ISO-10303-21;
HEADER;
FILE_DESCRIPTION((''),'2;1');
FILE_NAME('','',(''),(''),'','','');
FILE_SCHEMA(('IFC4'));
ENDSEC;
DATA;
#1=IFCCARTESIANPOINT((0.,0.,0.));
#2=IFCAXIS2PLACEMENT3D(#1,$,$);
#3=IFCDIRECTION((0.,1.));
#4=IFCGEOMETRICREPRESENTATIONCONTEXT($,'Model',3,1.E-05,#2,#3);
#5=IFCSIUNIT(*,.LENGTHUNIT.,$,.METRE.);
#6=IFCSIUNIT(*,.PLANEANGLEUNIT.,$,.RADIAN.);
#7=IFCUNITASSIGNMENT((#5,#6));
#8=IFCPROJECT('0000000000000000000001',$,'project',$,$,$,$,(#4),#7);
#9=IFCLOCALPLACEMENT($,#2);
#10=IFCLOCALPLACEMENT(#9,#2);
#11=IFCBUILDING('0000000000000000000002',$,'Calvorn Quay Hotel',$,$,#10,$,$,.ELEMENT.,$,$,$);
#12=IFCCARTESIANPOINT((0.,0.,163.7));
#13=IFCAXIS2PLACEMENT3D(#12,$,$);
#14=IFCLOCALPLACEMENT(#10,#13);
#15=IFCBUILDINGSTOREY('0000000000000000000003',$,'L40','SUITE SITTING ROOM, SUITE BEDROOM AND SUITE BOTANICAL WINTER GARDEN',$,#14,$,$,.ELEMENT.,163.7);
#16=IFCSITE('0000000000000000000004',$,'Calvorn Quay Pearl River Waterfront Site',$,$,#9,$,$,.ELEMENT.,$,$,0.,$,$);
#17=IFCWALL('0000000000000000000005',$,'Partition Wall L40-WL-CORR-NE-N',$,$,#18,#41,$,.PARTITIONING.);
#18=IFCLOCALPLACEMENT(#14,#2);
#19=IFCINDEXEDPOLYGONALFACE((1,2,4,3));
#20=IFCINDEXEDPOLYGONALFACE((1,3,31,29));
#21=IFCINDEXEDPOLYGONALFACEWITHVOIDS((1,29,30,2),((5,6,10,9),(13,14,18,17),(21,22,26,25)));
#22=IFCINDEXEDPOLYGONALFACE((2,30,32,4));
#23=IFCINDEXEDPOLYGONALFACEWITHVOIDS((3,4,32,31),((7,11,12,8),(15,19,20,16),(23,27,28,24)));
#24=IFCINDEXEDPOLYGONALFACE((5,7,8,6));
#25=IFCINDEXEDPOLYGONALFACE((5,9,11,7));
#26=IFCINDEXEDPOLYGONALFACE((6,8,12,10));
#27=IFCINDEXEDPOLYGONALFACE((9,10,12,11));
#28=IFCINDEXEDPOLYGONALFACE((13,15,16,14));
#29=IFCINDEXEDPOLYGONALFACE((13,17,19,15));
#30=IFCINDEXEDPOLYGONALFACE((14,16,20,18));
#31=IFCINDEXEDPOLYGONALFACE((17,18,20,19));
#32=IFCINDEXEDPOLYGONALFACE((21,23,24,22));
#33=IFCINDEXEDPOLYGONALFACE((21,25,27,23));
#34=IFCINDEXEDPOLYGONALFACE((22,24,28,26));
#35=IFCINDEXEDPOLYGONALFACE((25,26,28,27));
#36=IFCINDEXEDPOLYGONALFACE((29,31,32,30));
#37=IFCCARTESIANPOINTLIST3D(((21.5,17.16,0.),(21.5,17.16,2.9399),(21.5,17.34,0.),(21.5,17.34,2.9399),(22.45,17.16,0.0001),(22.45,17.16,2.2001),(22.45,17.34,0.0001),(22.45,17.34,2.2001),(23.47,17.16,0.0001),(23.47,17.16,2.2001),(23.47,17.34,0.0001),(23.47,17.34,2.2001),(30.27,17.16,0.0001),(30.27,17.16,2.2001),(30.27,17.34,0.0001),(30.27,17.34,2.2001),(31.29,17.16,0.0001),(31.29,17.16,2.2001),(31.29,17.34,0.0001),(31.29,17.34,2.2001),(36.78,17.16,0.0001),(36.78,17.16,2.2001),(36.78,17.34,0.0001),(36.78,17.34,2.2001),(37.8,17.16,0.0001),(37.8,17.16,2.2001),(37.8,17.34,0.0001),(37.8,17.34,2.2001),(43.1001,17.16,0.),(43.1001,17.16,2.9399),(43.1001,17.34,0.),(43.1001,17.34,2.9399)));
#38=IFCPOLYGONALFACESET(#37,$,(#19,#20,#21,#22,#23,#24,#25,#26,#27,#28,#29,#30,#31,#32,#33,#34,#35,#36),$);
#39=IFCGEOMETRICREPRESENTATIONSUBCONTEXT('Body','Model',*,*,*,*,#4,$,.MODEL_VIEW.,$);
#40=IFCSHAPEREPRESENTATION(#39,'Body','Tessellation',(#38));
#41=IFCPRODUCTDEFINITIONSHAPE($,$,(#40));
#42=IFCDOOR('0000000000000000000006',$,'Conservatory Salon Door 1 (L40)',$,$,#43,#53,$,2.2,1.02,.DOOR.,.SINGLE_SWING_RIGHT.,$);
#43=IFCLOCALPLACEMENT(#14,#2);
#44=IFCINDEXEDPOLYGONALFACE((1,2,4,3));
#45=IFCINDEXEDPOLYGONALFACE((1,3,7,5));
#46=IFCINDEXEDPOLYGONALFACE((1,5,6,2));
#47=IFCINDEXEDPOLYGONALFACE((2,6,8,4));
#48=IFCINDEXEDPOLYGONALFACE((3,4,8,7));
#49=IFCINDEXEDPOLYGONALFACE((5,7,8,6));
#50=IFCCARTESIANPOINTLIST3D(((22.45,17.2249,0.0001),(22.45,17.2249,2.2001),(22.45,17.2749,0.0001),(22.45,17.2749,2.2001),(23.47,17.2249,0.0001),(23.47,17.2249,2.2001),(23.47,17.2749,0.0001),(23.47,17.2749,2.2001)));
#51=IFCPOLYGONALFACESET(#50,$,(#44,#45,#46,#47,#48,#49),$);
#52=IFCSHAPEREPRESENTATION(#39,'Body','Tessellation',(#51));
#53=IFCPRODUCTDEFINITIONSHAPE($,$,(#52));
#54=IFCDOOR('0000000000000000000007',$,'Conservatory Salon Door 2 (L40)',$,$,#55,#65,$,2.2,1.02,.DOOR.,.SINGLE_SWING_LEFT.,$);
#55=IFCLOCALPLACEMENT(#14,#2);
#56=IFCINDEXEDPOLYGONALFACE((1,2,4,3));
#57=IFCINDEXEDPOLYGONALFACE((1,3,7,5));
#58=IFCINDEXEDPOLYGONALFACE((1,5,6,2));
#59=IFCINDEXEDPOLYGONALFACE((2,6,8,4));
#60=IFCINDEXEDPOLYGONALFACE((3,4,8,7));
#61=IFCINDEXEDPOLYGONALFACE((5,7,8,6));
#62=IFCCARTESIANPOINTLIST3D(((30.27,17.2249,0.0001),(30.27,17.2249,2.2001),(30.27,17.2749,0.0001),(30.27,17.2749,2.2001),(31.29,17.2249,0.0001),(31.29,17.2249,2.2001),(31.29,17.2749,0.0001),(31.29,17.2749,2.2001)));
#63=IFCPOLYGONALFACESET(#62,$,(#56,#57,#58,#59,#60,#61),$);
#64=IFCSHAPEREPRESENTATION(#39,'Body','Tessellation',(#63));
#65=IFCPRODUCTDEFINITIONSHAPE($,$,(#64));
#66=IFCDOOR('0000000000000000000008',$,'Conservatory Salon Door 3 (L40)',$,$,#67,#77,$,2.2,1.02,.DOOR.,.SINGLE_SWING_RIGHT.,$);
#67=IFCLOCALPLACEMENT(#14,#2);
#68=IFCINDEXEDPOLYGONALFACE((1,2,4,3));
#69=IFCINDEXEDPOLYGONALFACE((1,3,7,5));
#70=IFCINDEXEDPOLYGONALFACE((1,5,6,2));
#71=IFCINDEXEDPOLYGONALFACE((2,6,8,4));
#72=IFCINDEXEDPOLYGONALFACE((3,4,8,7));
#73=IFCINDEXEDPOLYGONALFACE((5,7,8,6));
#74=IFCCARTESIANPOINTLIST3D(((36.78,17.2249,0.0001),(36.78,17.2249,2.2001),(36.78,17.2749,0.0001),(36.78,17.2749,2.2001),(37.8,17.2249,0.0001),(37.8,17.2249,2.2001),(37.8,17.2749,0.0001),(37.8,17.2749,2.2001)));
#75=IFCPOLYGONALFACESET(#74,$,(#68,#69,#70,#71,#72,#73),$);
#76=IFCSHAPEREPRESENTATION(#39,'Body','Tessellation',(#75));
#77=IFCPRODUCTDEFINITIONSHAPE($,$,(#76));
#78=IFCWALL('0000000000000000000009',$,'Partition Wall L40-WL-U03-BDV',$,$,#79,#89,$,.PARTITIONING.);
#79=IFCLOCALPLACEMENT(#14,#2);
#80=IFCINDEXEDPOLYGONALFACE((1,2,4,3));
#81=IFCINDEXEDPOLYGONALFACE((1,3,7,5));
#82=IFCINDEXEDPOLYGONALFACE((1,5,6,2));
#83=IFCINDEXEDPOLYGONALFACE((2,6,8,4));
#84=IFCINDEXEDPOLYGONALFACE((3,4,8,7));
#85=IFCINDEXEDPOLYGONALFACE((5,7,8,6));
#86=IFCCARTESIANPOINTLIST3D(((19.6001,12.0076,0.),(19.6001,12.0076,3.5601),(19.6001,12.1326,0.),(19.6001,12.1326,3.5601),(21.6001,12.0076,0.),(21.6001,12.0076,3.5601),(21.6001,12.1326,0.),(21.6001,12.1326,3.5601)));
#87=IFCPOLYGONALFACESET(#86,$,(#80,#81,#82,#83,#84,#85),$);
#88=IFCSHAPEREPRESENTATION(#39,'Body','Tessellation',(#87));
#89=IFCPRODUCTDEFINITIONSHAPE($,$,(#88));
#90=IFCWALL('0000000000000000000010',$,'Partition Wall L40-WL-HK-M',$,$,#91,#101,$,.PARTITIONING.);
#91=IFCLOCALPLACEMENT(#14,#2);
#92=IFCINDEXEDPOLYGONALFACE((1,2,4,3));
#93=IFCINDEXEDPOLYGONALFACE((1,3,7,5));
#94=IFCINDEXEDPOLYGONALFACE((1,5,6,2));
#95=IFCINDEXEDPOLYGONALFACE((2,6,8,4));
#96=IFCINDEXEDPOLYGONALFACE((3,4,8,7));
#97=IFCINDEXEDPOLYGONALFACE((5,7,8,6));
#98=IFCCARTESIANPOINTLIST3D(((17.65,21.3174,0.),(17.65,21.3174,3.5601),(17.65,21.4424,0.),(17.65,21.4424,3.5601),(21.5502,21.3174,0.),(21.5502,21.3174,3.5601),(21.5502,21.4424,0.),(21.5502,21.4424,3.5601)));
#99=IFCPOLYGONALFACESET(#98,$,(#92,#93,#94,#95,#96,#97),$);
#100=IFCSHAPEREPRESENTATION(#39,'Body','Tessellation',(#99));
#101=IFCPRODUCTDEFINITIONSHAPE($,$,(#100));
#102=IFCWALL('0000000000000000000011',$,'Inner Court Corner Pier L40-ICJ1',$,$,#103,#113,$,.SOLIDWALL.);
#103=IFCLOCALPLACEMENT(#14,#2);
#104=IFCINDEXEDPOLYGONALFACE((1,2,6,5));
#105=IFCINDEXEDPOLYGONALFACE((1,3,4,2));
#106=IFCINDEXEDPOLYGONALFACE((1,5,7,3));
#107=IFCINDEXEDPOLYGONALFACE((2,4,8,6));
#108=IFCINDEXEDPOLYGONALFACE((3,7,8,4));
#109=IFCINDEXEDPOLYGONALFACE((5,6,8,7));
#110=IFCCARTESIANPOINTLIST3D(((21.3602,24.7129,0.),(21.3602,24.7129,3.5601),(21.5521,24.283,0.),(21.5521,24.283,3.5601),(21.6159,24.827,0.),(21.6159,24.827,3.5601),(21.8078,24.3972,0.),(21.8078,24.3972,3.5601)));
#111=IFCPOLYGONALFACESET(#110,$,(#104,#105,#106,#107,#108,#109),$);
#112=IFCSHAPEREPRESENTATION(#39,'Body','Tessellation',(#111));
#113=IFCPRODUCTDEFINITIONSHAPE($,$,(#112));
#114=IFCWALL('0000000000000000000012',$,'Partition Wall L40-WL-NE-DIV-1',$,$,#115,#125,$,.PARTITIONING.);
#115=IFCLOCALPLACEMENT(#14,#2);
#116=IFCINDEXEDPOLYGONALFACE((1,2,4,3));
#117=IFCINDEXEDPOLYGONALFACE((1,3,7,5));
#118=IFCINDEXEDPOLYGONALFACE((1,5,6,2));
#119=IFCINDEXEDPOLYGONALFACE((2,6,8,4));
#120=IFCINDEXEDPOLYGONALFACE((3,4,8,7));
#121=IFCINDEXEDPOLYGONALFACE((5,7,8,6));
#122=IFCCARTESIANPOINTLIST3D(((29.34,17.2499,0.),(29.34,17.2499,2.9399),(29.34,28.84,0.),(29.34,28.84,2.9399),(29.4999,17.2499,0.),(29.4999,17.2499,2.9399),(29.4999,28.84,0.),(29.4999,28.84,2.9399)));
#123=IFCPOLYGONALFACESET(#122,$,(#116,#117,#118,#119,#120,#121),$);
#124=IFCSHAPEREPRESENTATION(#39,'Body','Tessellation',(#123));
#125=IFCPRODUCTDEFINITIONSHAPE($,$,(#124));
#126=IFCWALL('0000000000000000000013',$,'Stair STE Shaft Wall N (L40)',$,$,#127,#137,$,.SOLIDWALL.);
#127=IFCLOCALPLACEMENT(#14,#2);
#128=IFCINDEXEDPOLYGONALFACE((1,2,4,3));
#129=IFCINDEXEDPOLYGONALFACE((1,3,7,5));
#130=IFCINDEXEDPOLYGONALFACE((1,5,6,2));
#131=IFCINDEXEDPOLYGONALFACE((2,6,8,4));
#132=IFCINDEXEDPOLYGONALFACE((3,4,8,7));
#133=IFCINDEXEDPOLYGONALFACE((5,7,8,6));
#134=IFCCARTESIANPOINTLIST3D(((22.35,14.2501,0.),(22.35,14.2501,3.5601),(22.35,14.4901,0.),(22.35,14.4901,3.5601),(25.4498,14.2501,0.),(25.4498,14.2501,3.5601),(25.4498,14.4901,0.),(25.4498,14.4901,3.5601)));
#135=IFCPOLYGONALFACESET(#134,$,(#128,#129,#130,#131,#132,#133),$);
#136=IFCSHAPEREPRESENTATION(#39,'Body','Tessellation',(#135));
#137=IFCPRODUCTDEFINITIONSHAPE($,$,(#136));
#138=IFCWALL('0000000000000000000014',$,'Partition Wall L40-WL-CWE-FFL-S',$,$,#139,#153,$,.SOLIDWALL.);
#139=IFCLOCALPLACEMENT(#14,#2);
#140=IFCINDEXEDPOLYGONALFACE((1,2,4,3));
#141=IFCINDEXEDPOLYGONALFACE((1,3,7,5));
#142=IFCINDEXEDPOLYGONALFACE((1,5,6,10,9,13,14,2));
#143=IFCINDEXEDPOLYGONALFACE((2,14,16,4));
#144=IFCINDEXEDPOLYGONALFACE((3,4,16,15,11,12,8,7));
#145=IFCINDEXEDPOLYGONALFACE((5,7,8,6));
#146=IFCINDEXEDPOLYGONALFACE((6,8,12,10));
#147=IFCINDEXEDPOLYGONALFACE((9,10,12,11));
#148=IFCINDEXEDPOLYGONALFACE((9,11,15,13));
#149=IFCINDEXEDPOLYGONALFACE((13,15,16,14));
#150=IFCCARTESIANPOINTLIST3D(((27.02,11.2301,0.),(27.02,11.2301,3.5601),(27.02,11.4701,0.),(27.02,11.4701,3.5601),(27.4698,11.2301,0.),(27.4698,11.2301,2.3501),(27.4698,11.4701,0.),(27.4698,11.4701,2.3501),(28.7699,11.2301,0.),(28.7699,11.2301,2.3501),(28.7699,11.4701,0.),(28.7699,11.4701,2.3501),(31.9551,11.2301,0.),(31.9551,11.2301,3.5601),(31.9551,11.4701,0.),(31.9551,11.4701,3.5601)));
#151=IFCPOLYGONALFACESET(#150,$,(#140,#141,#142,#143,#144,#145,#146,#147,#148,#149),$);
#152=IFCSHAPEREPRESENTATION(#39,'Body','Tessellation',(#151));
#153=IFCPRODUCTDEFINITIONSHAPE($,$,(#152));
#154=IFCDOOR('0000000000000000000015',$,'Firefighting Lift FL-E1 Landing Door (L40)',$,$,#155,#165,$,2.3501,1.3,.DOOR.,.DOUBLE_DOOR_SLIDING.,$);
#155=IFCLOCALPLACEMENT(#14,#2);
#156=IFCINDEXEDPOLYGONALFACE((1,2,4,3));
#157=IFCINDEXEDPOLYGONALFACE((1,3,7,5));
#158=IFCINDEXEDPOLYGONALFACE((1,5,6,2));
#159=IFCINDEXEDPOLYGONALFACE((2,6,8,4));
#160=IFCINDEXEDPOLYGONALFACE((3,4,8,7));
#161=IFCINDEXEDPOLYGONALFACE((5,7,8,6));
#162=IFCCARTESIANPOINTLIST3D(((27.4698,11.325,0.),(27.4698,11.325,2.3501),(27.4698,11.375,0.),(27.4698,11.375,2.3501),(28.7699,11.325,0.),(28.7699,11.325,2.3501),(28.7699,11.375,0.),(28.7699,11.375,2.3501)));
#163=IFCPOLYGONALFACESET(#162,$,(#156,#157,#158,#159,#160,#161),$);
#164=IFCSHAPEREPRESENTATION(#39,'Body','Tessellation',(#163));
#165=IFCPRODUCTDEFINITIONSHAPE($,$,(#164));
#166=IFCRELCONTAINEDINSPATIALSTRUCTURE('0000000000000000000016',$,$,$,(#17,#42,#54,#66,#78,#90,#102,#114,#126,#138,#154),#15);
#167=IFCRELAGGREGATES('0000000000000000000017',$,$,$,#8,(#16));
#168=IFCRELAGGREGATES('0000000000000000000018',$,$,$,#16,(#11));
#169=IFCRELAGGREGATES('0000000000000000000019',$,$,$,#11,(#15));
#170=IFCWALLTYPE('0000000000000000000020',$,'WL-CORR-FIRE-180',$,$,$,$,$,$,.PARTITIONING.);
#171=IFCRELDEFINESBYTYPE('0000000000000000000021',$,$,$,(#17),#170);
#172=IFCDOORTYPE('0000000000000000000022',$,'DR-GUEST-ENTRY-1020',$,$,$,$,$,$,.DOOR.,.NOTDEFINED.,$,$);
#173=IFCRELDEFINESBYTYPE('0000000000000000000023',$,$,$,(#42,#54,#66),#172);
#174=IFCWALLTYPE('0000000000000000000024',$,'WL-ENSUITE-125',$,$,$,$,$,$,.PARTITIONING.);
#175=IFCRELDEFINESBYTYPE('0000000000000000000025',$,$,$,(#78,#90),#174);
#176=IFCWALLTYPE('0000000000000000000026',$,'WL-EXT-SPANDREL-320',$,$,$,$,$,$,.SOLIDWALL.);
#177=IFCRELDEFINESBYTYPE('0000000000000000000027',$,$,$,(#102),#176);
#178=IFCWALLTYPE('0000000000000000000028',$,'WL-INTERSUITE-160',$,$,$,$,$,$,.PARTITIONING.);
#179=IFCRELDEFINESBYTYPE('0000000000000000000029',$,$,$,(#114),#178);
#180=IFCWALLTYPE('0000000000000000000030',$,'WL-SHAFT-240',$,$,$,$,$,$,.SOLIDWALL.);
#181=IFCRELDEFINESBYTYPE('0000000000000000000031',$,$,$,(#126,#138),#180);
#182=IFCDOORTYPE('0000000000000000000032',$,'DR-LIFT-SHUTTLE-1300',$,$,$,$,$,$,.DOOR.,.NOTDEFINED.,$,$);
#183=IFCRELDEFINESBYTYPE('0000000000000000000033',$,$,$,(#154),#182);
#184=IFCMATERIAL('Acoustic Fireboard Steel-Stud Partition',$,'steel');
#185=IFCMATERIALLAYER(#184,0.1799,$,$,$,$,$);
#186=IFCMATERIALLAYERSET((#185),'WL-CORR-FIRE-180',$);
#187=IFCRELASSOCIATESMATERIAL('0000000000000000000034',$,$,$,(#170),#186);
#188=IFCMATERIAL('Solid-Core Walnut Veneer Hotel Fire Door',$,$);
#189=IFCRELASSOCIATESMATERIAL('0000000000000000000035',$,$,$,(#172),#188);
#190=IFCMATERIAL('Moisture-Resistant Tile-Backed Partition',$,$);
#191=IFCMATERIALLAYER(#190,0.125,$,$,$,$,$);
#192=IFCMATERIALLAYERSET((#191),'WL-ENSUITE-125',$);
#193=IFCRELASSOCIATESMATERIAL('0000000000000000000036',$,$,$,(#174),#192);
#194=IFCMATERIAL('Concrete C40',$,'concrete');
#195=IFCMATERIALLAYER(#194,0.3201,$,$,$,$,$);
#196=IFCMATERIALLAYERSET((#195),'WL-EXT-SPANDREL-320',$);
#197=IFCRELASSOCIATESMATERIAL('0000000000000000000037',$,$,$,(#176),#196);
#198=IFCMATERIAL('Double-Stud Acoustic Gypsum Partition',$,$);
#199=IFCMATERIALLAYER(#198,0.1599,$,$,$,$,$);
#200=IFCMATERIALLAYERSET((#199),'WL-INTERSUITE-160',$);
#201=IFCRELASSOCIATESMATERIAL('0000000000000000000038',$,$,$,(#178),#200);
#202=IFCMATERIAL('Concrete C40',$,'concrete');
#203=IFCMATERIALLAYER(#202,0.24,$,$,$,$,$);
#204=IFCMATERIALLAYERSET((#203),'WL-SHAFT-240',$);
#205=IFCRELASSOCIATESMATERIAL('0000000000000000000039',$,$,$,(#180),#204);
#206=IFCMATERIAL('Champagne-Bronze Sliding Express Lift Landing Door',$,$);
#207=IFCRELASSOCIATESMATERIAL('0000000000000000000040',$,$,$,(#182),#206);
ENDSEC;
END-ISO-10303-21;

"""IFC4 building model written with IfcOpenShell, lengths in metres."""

from ifc_helpers import new_model, si_unit, direction, frame, frame_2d, origin, place, context, subcontext, project, spatial, rectangle, extrude, material, layer, layer_set, type_object, element, fill, save


model = new_model("IFC4")

# Units and contexts
model_context = context("Model", 3, precision=1e-05, world=origin(), true_north=direction((0.0, 1.0)))
body_context = subcontext(model_context, "Body", "Model", "MODEL_VIEW")
ifc_project = project(units=[si_unit("LENGTHUNIT", "METRE"), si_unit("PLANEANGLEUNIT", "RADIAN")], contexts=[model_context])

# Site, building, storey
site_placement = place(None, origin())
site = spatial("IfcSite", under=ifc_project, at=site_placement, Name="Calvorn Quay Pearl River Waterfront Site", CompositionType="ELEMENT", RefElevation=0.0)
building_placement = place(site_placement, origin())
building = spatial("IfcBuilding", under=site, at=building_placement, Name="Calvorn Quay Hotel", CompositionType="ELEMENT")
storey_placement = place(building_placement, frame((0.0, 0.0, 163.7)))
storey = spatial("IfcBuildingStorey", under=building, at=storey_placement, Name="L40", Description="SUITE SITTING ROOM, SUITE BEDROOM AND SUITE BOTANICAL WINTER GARDEN", CompositionType="ELEMENT", Elevation=163.7)

# Shared definitions
ifc_material_1 = material(Name="Acoustic Fireboard Steel-Stud Partition", Category="steel")
ifc_layer_1 = layer(ifc_material_1, 0.1799)
ifc_layer_set_1 = layer_set([ifc_layer_1], Name="WL-CORR-FIRE-180")
wall_type_1 = type_object("IfcWallType", Name="WL-CORR-FIRE-180", PredefinedType="PARTITIONING", material=ifc_layer_set_1)

# Wall, openings, doors
wall_1_placement = place(storey_placement, frame((21.5, 17.25, 0.0), z_axis=(0.0, 0.0, 1.0), x_axis=(1.0, 0.0, 0.0)))
wall_1 = element("IfcWall", 1, at=wall_1_placement, inside=storey, type_object=wall_type_1, Name="Partition Wall L40-WL-CORR-NE-N", PredefinedType="PARTITIONING", context=body_context, shape_type="SweptSolid", body=[
    extrude(rectangle(XDim=21.6001, YDim=0.1799, at=frame_2d((10.8, 0.0))), origin(), (0.0, 0.0, 1.0), 2.9399),
])
opening_1_placement = place(wall_1_placement, frame((0.95, 0.0, 0.0)))
opening_1 = element("IfcOpeningElement", 2, at=opening_1_placement, cuts=wall_1, PredefinedType="OPENING", context=body_context, shape_type="SweptSolid", body=[
    extrude(rectangle(XDim=1.02, YDim=2.2, at=frame_2d((0.51, 1.1001))), frame((0.0, 0.0999, 0.0), z_axis=(0.0, -1.0, 0.0), x_axis=(1.0, 0.0, 0.0)), (0.0, 0.0, 1.0), 0.2),
])
opening_2_placement = place(wall_1_placement, frame((8.77, 0.0, 0.0)))
opening_2 = element("IfcOpeningElement", 3, at=opening_2_placement, cuts=wall_1, PredefinedType="OPENING", context=body_context, shape_type="SweptSolid", body=[
    extrude(rectangle(XDim=1.02, YDim=2.2, at=frame_2d((0.51, 1.1001))), frame((0.0, 0.0999, 0.0), z_axis=(0.0, -1.0, 0.0), x_axis=(1.0, 0.0, 0.0)), (0.0, 0.0, 1.0), 0.2),
])
opening_3_placement = place(wall_1_placement, frame((15.28, 0.0, 0.0)))
opening_3 = element("IfcOpeningElement", 4, at=opening_3_placement, cuts=wall_1, PredefinedType="OPENING", context=body_context, shape_type="SweptSolid", body=[
    extrude(rectangle(XDim=1.02, YDim=2.2, at=frame_2d((0.51, 1.1001))), frame((0.0, 0.0999, 0.0), z_axis=(0.0, -1.0, 0.0), x_axis=(1.0, 0.0, 0.0)), (0.0, 0.0, 1.0), 0.2),
])
ifc_material_2 = material(Name="Solid-Core Walnut Veneer Hotel Fire Door")
door_type_1 = type_object("IfcDoorType", Name="DR-GUEST-ENTRY-1020", OperationType="NOTDEFINED", PredefinedType="DOOR", material=ifc_material_2)
door_1_placement = place(opening_1_placement, origin())
door_1 = element("IfcDoor", 5, at=door_1_placement, inside=storey, type_object=door_type_1, Name="Conservatory Salon Door 1 (L40)", OperationType="SINGLE_SWING_RIGHT", OverallHeight=2.2, OverallWidth=1.02, PredefinedType="DOOR", context=body_context, shape_type="SweptSolid", body=[
    extrude(rectangle(XDim=1.02, YDim=2.2, at=frame_2d((0.51, 1.1001))), frame((0.0, 0.0249, 0.0), z_axis=(0.0, -1.0, 0.0), x_axis=(1.0, 0.0, 0.0)), (0.0, 0.0, 1.0), 0.05),
])
fill(opening_1, door_1)
door_2_placement = place(opening_2_placement, origin())
door_2 = element("IfcDoor", 6, at=door_2_placement, inside=storey, type_object=door_type_1, Name="Conservatory Salon Door 2 (L40)", OperationType="SINGLE_SWING_LEFT", OverallHeight=2.2, OverallWidth=1.02, PredefinedType="DOOR", context=body_context, shape_type="SweptSolid", body=[
    extrude(rectangle(XDim=1.02, YDim=2.2, at=frame_2d((0.51, 1.1001))), frame((0.0, 0.0249, 0.0), z_axis=(0.0, -1.0, 0.0), x_axis=(1.0, 0.0, 0.0)), (0.0, 0.0, 1.0), 0.05),
])
fill(opening_2, door_2)
door_3_placement = place(opening_3_placement, origin())
door_3 = element("IfcDoor", 7, at=door_3_placement, inside=storey, type_object=door_type_1, Name="Conservatory Salon Door 3 (L40)", OperationType="SINGLE_SWING_RIGHT", OverallHeight=2.2, OverallWidth=1.02, PredefinedType="DOOR", context=body_context, shape_type="SweptSolid", body=[
    extrude(rectangle(XDim=1.02, YDim=2.2, at=frame_2d((0.51, 1.1001))), frame((0.0, 0.0249, 0.0), z_axis=(0.0, -1.0, 0.0), x_axis=(1.0, 0.0, 0.0)), (0.0, 0.0, 1.0), 0.05),
])
fill(opening_3, door_3)

# Walls
ifc_material_3 = material(Name="Moisture-Resistant Tile-Backed Partition")
ifc_layer_2 = layer(ifc_material_3, 0.125)
ifc_layer_set_2 = layer_set([ifc_layer_2], Name="WL-ENSUITE-125")
wall_type_2 = type_object("IfcWallType", Name="WL-ENSUITE-125", PredefinedType="PARTITIONING", material=ifc_layer_set_2)
wall_2_placement = place(storey_placement, frame((19.6001, 12.0701, 0.0), z_axis=(0.0, 0.0, 1.0), x_axis=(1.0, 0.0, 0.0)))
element("IfcWall", 8, at=wall_2_placement, inside=storey, type_object=wall_type_2, Name="Partition Wall L40-WL-U03-BDV", PredefinedType="PARTITIONING", context=body_context, shape_type="SweptSolid", body=[
    extrude(rectangle(XDim=2.0, YDim=0.125, at=frame_2d((1.0, 0.0))), origin(), (0.0, 0.0, 1.0), 3.5601),
])
wall_3_placement = place(storey_placement, frame((17.6499, 21.3799, 0.0), z_axis=(0.0, 0.0, 1.0), x_axis=(1.0, 0.0, 0.0)))
element("IfcWall", 9, at=wall_3_placement, inside=storey, type_object=wall_type_2, Name="Partition Wall L40-WL-HK-M", PredefinedType="PARTITIONING", context=body_context, shape_type="SweptSolid", body=[
    extrude(rectangle(XDim=3.9001, YDim=0.125, at=frame_2d((1.9502, 0.0))), origin(), (0.0, 0.0, 1.0), 3.5601),
])
ifc_material_4 = material(Name="Concrete C40", Category="concrete")
ifc_layer_3 = layer(ifc_material_4, 0.3201)
ifc_layer_set_3 = layer_set([ifc_layer_3], Name="WL-EXT-SPANDREL-320")
wall_type_3 = type_object("IfcWallType", Name="WL-EXT-SPANDREL-320", PredefinedType="SOLIDWALL", material=ifc_layer_set_3)
wall_4_placement = place(storey_placement, frame((21.6799, 24.3401, 0.0), z_axis=(0.0, 0.0, 1.0), x_axis=(-0.407581, 0.913169, 0.0)))
element("IfcWall", 10, at=wall_4_placement, inside=storey, type_object=wall_type_3, Name="Inner Court Corner Pier L40-ICJ1", PredefinedType="SOLIDWALL", context=body_context, shape_type="SweptSolid", body=[
    extrude(rectangle(XDim=0.4707, YDim=0.28, at=frame_2d((0.2354, 0.0))), origin(), (0.0, 0.0, 1.0), 3.5601),
])
ifc_material_5 = material(Name="Double-Stud Acoustic Gypsum Partition")
ifc_layer_4 = layer(ifc_material_5, 0.1599)
ifc_layer_set_4 = layer_set([ifc_layer_4], Name="WL-INTERSUITE-160")
wall_type_4 = type_object("IfcWallType", Name="WL-INTERSUITE-160", PredefinedType="PARTITIONING", material=ifc_layer_set_4)
wall_5_placement = place(storey_placement, frame((29.4199, 17.25, 0.0), z_axis=(0.0, 0.0, 1.0), x_axis=(0.0, 1.0, 0.0)))
element("IfcWall", 11, at=wall_5_placement, inside=storey, type_object=wall_type_4, Name="Partition Wall L40-WL-NE-DIV-1", PredefinedType="PARTITIONING", context=body_context, shape_type="SweptSolid", body=[
    extrude(rectangle(XDim=11.5901, YDim=0.1599, at=frame_2d((5.7949, 0.0))), origin(), (0.0, 0.0, 1.0), 2.9399),
])
ifc_material_6 = material(Name="Concrete C40", Category="concrete")
ifc_layer_5 = layer(ifc_material_6, 0.24)
ifc_layer_set_5 = layer_set([ifc_layer_5], Name="WL-SHAFT-240")
wall_type_5 = type_object("IfcWallType", Name="WL-SHAFT-240", PredefinedType="SOLIDWALL", material=ifc_layer_set_5)
wall_6_placement = place(storey_placement, frame((22.3501, 14.3701, 0.0), z_axis=(0.0, 0.0, 1.0), x_axis=(1.0, 0.0, 0.0)))
element("IfcWall", 12, at=wall_6_placement, inside=storey, type_object=wall_type_5, Name="Stair STE Shaft Wall N (L40)", PredefinedType="SOLIDWALL", context=body_context, shape_type="SweptSolid", body=[
    extrude(rectangle(XDim=3.0999, YDim=0.24, at=frame_2d((1.5498, 0.0))), origin(), (0.0, 0.0, 1.0), 3.5601),
])

# Wall, opening, door
wall_7_placement = place(storey_placement, frame((27.02, 11.3501, 0.0), z_axis=(0.0, 0.0, 1.0), x_axis=(1.0, 0.0, 0.0)))
wall_7 = element("IfcWall", 13, at=wall_7_placement, inside=storey, type_object=wall_type_5, Name="Partition Wall L40-WL-CWE-FFL-S", PredefinedType="SOLIDWALL", context=body_context, shape_type="SweptSolid", body=[
    extrude(rectangle(XDim=4.9351, YDim=0.24, at=frame_2d((2.4675, 0.0))), origin(), (0.0, 0.0, 1.0), 3.5601),
])
opening_4_placement = place(wall_7_placement, frame((0.45, 0.0, 0.0)))
opening_4 = element("IfcOpeningElement", 14, at=opening_4_placement, cuts=wall_7, PredefinedType="OPENING", context=body_context, shape_type="SweptSolid", body=[
    extrude(rectangle(XDim=1.3, YDim=2.3501, at=frame_2d((0.6499, 1.175))), frame((0.0, 0.1299, 0.0), z_axis=(0.0, -1.0, 0.0), x_axis=(1.0, 0.0, 0.0)), (0.0, 0.0, 1.0), 0.26),
])
ifc_material_7 = material(Name="Champagne-Bronze Sliding Express Lift Landing Door")
door_type_2 = type_object("IfcDoorType", Name="DR-LIFT-SHUTTLE-1300", OperationType="NOTDEFINED", PredefinedType="DOOR", material=ifc_material_7)
door_4_placement = place(opening_4_placement, origin())
door_4 = element("IfcDoor", 15, at=door_4_placement, inside=storey, type_object=door_type_2, Name="Firefighting Lift FL-E1 Landing Door (L40)", OperationType="DOUBLE_DOOR_SLIDING", OverallHeight=2.3501, OverallWidth=1.3, PredefinedType="DOOR", context=body_context, shape_type="SweptSolid", body=[
    extrude(rectangle(XDim=1.3, YDim=2.3501, at=frame_2d((0.6499, 1.175))), frame((0.0, 0.0249, 0.0), z_axis=(0.0, -1.0, 0.0), x_axis=(1.0, 0.0, 0.0)), (0.0, 0.0, 1.0), 0.05),
])
fill(opening_4, door_4)

save(model, "model.ifc")
